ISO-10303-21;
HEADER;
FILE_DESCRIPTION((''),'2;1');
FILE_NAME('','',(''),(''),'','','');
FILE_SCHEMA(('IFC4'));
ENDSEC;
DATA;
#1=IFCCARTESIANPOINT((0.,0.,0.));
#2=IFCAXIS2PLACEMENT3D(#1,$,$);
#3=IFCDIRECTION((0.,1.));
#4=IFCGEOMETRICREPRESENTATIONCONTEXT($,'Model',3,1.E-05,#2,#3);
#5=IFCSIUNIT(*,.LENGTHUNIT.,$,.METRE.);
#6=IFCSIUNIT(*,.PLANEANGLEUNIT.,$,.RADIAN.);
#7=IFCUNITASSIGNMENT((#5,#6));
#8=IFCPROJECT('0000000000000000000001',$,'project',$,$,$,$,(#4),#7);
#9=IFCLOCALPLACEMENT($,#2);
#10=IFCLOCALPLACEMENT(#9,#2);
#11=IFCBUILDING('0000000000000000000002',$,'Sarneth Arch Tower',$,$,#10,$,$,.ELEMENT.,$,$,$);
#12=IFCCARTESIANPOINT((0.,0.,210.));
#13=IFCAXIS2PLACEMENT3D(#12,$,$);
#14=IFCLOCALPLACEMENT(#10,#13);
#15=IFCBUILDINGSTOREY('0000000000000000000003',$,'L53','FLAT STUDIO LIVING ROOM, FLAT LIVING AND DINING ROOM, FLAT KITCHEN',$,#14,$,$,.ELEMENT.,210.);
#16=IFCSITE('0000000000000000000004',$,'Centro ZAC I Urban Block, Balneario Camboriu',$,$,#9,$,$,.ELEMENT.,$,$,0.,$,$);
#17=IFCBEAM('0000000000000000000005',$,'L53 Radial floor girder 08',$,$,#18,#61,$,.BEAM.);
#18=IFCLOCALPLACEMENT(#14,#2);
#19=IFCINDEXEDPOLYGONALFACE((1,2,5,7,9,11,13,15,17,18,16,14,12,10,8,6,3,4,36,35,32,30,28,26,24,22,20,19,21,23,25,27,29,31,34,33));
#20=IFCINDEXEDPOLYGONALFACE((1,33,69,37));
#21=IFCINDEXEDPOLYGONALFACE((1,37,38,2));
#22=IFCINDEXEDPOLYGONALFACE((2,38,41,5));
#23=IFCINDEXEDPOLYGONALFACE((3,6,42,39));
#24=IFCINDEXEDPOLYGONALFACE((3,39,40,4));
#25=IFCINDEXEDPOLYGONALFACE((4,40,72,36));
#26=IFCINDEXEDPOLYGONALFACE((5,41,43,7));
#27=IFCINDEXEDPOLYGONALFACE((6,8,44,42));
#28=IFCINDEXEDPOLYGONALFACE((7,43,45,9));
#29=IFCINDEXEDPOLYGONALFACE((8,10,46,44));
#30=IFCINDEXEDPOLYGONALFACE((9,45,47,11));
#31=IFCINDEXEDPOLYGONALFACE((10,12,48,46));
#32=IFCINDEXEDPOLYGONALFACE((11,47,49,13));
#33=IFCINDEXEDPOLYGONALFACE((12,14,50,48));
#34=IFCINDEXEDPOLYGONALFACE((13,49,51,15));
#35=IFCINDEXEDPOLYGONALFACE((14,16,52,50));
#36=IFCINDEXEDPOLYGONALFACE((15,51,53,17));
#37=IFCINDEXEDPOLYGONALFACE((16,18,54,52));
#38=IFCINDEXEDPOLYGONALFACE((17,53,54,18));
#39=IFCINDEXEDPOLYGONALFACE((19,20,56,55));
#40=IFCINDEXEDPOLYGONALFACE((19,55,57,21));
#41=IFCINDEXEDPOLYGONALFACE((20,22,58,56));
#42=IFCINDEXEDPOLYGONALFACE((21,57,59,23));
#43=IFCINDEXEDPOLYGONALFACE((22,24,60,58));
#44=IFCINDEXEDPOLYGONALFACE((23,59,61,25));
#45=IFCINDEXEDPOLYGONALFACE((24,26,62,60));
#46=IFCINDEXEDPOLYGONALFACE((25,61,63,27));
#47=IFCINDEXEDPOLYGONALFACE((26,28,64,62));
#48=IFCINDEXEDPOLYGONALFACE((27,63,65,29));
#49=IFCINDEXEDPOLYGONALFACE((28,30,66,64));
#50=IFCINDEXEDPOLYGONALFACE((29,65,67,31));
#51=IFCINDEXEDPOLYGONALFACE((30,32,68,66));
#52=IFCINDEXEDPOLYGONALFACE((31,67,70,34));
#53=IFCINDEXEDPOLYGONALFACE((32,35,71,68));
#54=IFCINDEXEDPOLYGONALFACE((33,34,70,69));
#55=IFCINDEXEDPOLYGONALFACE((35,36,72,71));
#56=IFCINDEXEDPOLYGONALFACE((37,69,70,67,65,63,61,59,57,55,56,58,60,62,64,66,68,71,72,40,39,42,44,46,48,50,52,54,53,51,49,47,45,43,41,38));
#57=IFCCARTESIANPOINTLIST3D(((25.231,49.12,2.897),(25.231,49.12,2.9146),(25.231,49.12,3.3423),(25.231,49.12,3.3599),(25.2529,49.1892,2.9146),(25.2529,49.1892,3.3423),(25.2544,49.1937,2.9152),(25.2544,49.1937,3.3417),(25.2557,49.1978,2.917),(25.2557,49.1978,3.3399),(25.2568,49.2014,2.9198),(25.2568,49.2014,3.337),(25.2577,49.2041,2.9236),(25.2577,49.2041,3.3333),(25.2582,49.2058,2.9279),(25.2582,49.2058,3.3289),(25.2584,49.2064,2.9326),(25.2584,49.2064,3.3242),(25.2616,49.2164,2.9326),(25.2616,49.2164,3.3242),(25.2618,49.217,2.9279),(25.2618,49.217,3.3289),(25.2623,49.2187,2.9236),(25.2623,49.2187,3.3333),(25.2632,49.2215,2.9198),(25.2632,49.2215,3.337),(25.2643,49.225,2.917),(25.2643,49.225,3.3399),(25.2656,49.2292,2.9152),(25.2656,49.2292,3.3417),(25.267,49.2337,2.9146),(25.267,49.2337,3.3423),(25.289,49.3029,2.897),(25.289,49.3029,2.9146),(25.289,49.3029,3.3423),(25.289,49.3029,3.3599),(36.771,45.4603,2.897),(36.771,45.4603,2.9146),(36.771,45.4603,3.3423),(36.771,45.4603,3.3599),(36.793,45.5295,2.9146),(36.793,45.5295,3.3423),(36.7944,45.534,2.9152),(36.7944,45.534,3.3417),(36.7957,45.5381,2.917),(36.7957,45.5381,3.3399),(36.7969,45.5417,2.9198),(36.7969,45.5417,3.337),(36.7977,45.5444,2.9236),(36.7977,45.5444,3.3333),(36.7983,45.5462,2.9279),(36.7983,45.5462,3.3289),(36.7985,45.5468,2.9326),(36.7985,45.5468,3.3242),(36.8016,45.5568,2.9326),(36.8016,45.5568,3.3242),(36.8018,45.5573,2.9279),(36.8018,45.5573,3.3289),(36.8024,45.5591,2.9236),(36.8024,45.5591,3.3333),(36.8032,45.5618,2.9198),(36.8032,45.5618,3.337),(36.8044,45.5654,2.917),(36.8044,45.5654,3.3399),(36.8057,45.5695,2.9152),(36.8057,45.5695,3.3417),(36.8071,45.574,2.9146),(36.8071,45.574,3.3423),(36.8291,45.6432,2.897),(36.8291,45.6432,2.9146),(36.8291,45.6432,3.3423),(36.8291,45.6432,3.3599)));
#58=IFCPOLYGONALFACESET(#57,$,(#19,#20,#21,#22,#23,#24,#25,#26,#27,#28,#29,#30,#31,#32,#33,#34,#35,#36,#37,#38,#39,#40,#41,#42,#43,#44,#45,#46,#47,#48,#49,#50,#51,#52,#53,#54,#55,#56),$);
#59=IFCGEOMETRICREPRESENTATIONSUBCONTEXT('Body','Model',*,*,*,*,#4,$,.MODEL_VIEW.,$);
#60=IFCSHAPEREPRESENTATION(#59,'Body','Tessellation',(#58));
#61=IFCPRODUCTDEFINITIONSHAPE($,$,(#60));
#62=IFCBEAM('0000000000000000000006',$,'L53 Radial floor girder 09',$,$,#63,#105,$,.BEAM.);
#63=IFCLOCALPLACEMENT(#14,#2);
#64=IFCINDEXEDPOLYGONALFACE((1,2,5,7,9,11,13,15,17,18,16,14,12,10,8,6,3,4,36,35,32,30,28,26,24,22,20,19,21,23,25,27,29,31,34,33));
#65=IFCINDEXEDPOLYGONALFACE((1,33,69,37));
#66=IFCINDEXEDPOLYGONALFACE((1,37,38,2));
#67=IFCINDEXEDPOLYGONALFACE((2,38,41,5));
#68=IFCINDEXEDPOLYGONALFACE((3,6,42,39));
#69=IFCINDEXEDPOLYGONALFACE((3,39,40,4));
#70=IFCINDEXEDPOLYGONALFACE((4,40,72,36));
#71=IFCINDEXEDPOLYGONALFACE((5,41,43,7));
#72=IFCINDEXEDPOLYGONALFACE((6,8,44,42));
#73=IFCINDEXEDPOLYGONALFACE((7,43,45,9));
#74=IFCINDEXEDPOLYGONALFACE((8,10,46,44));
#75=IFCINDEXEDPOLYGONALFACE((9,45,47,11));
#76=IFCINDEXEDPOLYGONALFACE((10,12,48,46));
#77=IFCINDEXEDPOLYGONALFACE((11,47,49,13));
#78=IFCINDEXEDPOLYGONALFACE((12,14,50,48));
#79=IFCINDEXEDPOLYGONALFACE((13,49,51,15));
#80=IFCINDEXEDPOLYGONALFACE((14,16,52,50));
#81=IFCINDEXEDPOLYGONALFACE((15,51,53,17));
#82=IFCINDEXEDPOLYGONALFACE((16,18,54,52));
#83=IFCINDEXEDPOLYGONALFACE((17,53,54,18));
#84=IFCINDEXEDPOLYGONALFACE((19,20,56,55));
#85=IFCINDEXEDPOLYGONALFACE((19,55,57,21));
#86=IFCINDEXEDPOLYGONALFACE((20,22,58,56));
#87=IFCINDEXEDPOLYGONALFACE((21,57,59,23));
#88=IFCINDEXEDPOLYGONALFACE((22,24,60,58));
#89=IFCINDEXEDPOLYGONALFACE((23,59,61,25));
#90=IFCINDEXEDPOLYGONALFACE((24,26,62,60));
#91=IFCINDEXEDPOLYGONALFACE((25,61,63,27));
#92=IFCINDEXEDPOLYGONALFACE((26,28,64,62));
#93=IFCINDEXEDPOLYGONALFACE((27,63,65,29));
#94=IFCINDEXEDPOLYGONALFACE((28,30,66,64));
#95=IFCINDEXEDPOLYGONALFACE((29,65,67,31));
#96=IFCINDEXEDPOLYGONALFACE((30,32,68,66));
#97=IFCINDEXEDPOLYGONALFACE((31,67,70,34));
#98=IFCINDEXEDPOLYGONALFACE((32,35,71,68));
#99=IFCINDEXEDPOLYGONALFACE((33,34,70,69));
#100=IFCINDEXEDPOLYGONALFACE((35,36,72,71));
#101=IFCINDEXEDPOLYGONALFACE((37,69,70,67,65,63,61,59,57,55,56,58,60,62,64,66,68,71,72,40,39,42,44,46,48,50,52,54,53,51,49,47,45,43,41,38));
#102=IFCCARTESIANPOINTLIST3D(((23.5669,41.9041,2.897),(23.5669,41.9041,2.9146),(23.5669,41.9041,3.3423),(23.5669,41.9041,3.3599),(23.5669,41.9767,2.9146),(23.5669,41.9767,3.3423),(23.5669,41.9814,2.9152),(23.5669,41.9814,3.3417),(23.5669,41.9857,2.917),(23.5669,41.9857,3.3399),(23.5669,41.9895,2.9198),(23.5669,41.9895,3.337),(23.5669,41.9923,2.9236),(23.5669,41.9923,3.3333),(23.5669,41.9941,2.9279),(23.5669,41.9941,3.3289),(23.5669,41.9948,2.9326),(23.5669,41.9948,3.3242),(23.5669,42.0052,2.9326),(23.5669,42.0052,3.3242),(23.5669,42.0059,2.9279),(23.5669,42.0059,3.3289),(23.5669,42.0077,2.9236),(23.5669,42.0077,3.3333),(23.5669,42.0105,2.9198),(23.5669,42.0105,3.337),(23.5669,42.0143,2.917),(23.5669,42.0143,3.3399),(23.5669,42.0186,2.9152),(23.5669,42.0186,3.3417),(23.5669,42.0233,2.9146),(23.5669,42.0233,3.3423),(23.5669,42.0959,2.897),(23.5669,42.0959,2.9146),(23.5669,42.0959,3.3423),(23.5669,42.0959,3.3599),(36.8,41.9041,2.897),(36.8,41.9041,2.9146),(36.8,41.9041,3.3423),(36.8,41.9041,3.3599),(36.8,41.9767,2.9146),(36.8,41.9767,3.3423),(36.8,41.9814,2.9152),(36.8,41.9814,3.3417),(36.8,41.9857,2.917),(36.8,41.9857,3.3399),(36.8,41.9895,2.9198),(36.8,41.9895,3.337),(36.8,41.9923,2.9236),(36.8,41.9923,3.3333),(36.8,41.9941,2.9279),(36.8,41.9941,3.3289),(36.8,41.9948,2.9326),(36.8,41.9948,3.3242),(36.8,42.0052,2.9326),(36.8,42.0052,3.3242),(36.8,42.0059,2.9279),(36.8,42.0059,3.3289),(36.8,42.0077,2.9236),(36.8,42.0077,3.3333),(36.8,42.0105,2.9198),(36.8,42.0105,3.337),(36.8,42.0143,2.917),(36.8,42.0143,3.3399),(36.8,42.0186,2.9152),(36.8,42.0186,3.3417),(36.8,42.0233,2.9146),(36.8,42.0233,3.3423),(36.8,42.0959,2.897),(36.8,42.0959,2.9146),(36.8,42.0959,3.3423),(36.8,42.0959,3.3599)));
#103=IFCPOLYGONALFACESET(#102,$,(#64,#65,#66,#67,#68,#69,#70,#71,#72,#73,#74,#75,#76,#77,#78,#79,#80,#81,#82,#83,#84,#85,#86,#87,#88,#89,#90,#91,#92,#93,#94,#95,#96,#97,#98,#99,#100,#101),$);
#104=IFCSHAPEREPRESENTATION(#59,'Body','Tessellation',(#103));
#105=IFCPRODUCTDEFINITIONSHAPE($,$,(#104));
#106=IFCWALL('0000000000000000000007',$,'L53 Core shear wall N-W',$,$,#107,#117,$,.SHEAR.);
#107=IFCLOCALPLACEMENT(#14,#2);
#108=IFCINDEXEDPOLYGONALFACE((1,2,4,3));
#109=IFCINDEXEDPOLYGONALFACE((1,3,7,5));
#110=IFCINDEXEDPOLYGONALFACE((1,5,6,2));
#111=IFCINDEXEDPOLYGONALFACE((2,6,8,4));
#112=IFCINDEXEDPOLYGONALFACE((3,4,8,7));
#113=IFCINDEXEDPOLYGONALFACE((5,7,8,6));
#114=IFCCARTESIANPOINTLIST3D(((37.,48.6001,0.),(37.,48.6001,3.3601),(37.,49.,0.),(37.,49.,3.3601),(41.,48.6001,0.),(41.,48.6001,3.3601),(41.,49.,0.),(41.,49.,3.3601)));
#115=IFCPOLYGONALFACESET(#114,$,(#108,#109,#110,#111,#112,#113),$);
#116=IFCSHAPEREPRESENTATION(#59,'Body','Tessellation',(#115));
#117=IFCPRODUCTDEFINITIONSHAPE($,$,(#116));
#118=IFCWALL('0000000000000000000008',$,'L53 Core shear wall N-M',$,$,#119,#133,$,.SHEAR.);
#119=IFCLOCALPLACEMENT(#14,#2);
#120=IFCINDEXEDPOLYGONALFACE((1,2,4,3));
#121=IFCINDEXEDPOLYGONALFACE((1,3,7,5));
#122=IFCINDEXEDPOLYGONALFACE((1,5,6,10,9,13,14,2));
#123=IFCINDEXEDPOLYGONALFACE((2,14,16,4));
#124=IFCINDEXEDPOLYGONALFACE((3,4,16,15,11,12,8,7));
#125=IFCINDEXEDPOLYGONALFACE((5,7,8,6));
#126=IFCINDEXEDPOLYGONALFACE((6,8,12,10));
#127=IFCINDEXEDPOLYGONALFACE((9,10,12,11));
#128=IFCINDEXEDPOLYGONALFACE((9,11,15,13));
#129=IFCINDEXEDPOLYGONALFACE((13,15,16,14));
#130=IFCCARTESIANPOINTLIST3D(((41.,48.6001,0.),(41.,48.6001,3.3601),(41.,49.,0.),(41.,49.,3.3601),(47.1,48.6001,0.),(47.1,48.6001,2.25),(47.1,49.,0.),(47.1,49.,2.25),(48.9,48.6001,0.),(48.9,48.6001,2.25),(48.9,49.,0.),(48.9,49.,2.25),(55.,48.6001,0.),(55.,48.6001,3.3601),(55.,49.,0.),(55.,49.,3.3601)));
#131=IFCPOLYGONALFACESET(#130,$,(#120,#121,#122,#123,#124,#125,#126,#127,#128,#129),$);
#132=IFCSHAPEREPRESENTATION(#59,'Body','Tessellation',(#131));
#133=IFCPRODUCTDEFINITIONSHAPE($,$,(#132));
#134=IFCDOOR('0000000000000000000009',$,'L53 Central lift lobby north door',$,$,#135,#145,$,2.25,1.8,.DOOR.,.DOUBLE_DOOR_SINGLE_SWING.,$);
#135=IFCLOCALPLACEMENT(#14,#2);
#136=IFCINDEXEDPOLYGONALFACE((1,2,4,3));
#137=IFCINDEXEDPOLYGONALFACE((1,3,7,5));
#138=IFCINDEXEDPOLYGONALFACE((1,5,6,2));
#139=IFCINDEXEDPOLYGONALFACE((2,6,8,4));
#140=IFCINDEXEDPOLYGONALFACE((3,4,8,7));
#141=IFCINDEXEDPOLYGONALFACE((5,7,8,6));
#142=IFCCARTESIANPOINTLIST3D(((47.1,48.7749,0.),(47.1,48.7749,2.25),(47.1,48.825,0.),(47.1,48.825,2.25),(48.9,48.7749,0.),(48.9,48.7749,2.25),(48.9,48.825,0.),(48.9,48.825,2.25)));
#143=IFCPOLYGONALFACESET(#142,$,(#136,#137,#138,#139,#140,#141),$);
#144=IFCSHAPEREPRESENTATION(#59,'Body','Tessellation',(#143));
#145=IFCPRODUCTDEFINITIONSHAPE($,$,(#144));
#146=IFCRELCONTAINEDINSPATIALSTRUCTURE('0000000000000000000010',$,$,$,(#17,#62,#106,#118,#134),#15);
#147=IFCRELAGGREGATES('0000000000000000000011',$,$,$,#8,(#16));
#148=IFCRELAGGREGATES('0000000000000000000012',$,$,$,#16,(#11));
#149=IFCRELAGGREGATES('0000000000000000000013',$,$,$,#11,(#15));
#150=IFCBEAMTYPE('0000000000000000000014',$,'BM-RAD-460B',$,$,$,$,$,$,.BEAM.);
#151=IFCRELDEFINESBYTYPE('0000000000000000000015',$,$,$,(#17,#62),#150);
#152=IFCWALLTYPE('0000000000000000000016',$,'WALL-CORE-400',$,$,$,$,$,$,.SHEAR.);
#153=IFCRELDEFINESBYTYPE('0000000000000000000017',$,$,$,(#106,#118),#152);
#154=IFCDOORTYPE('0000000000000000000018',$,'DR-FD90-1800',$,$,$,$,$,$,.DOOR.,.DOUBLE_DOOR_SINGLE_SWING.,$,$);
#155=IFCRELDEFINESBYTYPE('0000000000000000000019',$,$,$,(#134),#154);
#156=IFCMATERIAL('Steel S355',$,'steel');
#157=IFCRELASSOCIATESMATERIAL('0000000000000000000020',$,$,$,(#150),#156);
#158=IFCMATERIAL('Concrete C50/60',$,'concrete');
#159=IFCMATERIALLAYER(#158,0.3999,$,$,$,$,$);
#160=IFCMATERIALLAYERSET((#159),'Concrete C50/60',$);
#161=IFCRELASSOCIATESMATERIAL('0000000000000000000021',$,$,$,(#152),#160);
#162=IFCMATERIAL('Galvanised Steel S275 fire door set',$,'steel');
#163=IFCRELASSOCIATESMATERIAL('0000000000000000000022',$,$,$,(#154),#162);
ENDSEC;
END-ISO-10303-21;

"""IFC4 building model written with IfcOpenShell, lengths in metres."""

from ifc_helpers import new_model, si_unit, direction, frame, frame_2d, origin, origin_2d, place, context, subcontext, project, spatial, rectangle, i_section, extrude, material, layer, layer_set, material_profile, profile_set, type_object, element, fill, save


model = new_model("IFC4")

# Units and contexts
model_context = context("Model", 3, precision=1e-05, world=origin(), true_north=direction((0.0, 1.0)))
body_context = subcontext(model_context, "Body", "Model", "MODEL_VIEW")
ifc_project = project(units=[si_unit("LENGTHUNIT", "METRE"), si_unit("PLANEANGLEUNIT", "RADIAN")], contexts=[model_context])

# Site, building, storey
site_placement = place(None, origin())
site = spatial("IfcSite", under=ifc_project, at=site_placement, Name="Centro ZAC I Urban Block, Balneario Camboriu", CompositionType="ELEMENT", RefElevation=0.0)
building_placement = place(site_placement, origin())
building = spatial("IfcBuilding", under=site, at=building_placement, Name="Sarneth Arch Tower", CompositionType="ELEMENT")
storey_placement = place(building_placement, frame((0.0, 0.0, 210.0)))
storey = spatial("IfcBuildingStorey", under=building, at=storey_placement, Name="L53", Description="FLAT STUDIO LIVING ROOM, FLAT LIVING AND DINING ROOM, FLAT KITCHEN", CompositionType="ELEMENT", Elevation=210.0)

# Beams
ifc_material_1 = material(Name="Steel S355", Category="steel")
ifc_material_profile_1 = material_profile(ifc_material_1, i_section(OverallWidth=0.1919, OverallDepth=0.4629, WebThickness=0.0105, FlangeThickness=0.0176, FilletRadius=0.0181, at=origin_2d()), Name="W460x89")
ifc_profile_set_1 = profile_set([ifc_material_profile_1], Name="Steel S355")
beam_type_1 = type_object("IfcBeamType", Name="BM-RAD-460B", PredefinedType="BEAM", material=ifc_profile_set_1)
beam_1_placement = place(storey_placement, frame((36.8, 45.5518, 3.1284), z_axis=(-0.953216, 0.302291, 0.0), x_axis=(-0.302291, -0.953216, 0.0)))
element("IfcBeam", 1, at=beam_1_placement, inside=storey, type_object=beam_type_1, Name="L53 Radial floor girder 08", PredefinedType="BEAM", context=body_context, shape_type="SweptSolid", body=[
    extrude(i_section(OverallWidth=0.1919, OverallDepth=0.4629, WebThickness=0.0105, FlangeThickness=0.0176, FilletRadius=0.0181, at=origin_2d()), origin(), (0.0, 0.0, 1.0), 12.1064),
])
beam_2_placement = place(storey_placement, frame((36.8, 42.0, 3.1284), z_axis=(-1.0, 0.0, 0.0), x_axis=(0.0, -1.0, 0.0)))
element("IfcBeam", 2, at=beam_2_placement, inside=storey, type_object=beam_type_1, Name="L53 Radial floor girder 09", PredefinedType="BEAM", context=body_context, shape_type="SweptSolid", body=[
    extrude(i_section(OverallWidth=0.1919, OverallDepth=0.4629, WebThickness=0.0105, FlangeThickness=0.0176, FilletRadius=0.0181, at=origin_2d()), origin(), (0.0, 0.0, 1.0), 13.2332),
])

# Wall
ifc_material_2 = material(Name="Concrete C50/60", Category="concrete")
ifc_layer_1 = layer(ifc_material_2, 0.3999)
ifc_layer_set_1 = layer_set([ifc_layer_1], Name="Concrete C50/60")
wall_type_1 = type_object("IfcWallType", Name="WALL-CORE-400", PredefinedType="SHEAR", material=ifc_layer_set_1)
wall_1_placement = place(storey_placement, frame((37.0, 48.8, 0.0), z_axis=(0.0, 0.0, 1.0), x_axis=(1.0, 0.0, 0.0)))
element("IfcWall", 3, at=wall_1_placement, inside=storey, type_object=wall_type_1, Name="L53 Core shear wall N-W", PredefinedType="SHEAR", context=body_context, shape_type="SweptSolid", body=[
    extrude(rectangle(XDim=4.0, YDim=0.3999, at=frame_2d((2.0, 0.0))), origin(), (0.0, 0.0, 1.0), 3.3601),
])

# Wall, opening, door
wall_2_placement = place(storey_placement, frame((41.0, 48.8, 0.0), z_axis=(0.0, 0.0, 1.0), x_axis=(1.0, 0.0, 0.0)))
wall_2 = element("IfcWall", 4, at=wall_2_placement, inside=storey, type_object=wall_type_1, Name="L53 Core shear wall N-M", PredefinedType="SHEAR", context=body_context, shape_type="SweptSolid", body=[
    extrude(rectangle(XDim=14.0, YDim=0.3999, at=frame_2d((7.0, 0.0))), origin(), (0.0, 0.0, 1.0), 3.3601),
])
opening_1_placement = place(wall_2_placement, frame((6.1001, 0.0, 0.0)))
opening_1 = element("IfcOpeningElement", 5, at=opening_1_placement, cuts=wall_2, PredefinedType="OPENING", context=body_context, shape_type="SweptSolid", body=[
    extrude(rectangle(XDim=1.8, YDim=2.25, at=frame_2d((0.8999, 1.125))), frame((0.0, 0.21, 0.0), z_axis=(0.0, -1.0, 0.0), x_axis=(1.0, 0.0, 0.0)), (0.0, 0.0, 1.0), 0.4199),
])
ifc_material_3 = material(Name="Galvanised Steel S275 fire door set", Category="steel")
door_type_1 = type_object("IfcDoorType", Name="DR-FD90-1800", OperationType="DOUBLE_DOOR_SINGLE_SWING", PredefinedType="DOOR", material=ifc_material_3)
door_1_placement = place(opening_1_placement, origin())
door_1 = element("IfcDoor", 6, at=door_1_placement, inside=storey, type_object=door_type_1, Name="L53 Central lift lobby north door", OperationType="DOUBLE_DOOR_SINGLE_SWING", OverallHeight=2.25, OverallWidth=1.8, PredefinedType="DOOR", context=body_context, shape_type="SweptSolid", body=[
    extrude(rectangle(XDim=1.8, YDim=2.25, at=frame_2d((0.8999, 1.125))), frame((0.0, 0.0249, 0.0), z_axis=(0.0, -1.0, 0.0), x_axis=(1.0, 0.0, 0.0)), (0.0, 0.0, 1.0), 0.05),
])
fill(opening_1, door_1)

save(model, "model.ifc")
